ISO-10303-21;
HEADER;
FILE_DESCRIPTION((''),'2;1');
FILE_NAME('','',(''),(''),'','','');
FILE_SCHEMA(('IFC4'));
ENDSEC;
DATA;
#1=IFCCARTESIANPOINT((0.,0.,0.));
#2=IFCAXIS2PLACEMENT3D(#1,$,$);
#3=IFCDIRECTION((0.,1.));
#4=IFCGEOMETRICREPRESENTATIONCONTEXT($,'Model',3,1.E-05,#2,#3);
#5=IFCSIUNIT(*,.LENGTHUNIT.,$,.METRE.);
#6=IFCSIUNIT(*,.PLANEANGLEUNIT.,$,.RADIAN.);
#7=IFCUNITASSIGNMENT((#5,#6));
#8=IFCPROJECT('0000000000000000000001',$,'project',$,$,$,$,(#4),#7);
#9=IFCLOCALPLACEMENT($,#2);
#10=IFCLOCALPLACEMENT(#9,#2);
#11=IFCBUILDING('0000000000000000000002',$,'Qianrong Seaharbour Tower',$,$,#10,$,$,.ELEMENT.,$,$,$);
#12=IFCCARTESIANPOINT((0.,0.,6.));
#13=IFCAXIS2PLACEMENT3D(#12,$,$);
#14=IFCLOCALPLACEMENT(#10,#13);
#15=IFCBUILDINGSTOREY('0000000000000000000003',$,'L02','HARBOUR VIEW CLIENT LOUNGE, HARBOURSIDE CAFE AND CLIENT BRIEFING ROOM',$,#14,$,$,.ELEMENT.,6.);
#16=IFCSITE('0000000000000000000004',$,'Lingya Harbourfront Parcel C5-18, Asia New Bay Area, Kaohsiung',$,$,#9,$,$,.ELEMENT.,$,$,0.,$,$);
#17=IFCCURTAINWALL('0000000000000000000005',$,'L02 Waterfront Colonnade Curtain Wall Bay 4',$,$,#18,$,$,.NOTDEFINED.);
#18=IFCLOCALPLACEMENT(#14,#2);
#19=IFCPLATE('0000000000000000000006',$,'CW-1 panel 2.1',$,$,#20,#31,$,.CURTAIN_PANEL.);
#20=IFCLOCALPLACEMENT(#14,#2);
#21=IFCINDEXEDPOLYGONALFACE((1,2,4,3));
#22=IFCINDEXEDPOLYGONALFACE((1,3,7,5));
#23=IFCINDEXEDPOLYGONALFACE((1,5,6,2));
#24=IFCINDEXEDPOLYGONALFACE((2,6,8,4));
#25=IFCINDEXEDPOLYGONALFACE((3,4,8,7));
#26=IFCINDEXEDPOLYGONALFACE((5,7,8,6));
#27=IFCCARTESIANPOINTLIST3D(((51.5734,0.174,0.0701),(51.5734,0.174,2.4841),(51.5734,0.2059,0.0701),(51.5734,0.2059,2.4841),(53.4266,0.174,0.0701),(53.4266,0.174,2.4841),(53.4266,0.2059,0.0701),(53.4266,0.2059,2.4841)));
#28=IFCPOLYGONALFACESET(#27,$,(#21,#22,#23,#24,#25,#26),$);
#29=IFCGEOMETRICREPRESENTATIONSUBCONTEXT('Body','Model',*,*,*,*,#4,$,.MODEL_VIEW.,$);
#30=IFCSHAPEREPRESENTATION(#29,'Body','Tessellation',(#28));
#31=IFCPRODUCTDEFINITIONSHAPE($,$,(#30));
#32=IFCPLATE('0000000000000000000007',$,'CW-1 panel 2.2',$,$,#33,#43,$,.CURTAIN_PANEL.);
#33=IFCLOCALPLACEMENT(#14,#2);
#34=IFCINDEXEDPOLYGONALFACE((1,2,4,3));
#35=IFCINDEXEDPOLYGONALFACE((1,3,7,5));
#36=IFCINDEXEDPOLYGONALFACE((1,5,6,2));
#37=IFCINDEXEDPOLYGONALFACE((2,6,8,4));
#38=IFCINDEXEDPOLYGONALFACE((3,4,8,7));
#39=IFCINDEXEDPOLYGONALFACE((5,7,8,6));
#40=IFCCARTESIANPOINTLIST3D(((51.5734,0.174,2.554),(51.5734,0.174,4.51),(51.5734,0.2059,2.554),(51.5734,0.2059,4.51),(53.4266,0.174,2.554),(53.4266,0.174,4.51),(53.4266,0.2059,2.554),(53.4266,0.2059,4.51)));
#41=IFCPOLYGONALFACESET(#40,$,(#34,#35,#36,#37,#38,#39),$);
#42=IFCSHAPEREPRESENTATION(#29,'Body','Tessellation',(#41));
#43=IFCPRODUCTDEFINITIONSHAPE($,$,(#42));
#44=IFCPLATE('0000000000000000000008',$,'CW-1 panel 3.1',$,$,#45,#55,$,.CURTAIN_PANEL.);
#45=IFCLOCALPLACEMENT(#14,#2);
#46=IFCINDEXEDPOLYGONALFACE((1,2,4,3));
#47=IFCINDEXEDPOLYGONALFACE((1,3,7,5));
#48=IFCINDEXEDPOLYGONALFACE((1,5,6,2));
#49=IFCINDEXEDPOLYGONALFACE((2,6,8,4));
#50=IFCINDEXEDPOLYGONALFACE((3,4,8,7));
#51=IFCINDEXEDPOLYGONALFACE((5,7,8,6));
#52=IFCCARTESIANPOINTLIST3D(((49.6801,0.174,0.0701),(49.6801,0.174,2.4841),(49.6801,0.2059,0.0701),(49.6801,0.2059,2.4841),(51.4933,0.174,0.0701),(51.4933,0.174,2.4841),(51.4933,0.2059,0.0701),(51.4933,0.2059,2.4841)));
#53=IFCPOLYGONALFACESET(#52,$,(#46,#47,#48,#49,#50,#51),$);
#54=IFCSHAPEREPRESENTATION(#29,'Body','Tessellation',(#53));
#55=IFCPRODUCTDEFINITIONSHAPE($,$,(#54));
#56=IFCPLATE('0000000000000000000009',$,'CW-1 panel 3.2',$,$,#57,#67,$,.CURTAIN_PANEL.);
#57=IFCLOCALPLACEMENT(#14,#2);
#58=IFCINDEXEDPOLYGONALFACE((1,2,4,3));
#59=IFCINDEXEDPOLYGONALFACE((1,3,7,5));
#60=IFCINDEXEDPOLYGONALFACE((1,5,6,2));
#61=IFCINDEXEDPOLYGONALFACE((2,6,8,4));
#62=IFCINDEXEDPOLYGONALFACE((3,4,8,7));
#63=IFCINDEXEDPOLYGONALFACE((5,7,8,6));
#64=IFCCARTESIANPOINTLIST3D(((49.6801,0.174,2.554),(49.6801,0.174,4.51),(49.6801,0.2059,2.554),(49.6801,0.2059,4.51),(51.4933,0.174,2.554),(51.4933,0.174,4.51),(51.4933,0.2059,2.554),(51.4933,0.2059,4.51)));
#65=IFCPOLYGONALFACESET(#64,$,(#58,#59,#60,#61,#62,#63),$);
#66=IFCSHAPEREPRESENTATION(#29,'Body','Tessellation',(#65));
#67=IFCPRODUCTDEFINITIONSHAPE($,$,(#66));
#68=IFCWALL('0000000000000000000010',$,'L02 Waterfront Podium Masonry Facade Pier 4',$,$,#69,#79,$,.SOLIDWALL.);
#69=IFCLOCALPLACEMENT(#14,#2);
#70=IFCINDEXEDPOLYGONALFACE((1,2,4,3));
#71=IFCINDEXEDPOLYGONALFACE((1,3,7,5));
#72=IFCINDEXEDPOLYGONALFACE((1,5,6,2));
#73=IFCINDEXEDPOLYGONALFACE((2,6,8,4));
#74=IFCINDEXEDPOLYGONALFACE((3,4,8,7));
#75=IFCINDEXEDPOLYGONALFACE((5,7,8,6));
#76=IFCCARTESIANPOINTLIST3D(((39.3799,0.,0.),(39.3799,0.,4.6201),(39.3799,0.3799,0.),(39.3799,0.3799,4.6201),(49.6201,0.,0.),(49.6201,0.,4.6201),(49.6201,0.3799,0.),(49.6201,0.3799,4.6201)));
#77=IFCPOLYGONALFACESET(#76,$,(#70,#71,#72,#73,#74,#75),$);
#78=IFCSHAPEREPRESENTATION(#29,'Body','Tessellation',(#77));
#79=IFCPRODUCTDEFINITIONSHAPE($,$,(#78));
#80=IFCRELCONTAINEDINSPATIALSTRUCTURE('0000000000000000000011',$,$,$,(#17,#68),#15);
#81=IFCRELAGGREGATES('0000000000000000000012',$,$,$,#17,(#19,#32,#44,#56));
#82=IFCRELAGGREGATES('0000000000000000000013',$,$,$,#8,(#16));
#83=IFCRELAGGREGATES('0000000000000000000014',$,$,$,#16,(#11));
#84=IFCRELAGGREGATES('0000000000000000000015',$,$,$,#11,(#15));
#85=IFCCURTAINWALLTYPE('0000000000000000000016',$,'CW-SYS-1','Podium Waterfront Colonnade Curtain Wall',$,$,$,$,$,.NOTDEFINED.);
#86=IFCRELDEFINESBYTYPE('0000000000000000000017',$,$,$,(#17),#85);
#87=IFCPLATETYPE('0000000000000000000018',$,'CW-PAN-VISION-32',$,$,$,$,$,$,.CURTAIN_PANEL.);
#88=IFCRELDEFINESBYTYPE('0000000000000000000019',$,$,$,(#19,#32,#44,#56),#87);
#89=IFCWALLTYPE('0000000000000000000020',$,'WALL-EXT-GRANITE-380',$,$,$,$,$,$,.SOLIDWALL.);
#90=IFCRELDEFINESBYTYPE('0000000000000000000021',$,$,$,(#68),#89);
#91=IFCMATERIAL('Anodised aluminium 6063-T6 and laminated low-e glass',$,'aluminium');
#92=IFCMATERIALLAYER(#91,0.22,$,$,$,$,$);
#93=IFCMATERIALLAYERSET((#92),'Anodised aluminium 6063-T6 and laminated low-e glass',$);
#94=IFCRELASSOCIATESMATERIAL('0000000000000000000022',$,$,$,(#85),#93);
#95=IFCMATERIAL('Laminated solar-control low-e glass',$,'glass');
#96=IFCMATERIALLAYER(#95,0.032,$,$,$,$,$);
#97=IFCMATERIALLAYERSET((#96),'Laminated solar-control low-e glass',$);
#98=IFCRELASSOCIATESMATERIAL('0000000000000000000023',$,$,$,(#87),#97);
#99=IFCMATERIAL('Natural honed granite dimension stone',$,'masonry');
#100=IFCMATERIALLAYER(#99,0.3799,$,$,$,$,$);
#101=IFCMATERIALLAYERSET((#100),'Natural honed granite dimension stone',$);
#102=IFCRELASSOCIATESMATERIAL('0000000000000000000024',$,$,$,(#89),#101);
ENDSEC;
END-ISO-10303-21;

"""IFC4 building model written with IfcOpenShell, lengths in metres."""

from ifc_helpers import new_model, si_unit, direction, frame, frame_2d, origin, origin_2d, place, context, subcontext, project, spatial, rectangle, extrude, material, layer, layer_set, type_object, element, aggregate, save


model = new_model("IFC4")

# Units and contexts
model_context = context("Model", 3, precision=1e-05, world=origin(), true_north=direction((0.0, 1.0)))
body_context = subcontext(model_context, "Body", "Model", "MODEL_VIEW")
ifc_project = project(units=[si_unit("LENGTHUNIT", "METRE"), si_unit("PLANEANGLEUNIT", "RADIAN")], contexts=[model_context])

# Site, building, storey
site_placement = place(None, origin())
site = spatial("IfcSite", under=ifc_project, at=site_placement, Name="Lingya Harbourfront Parcel C5-18, Asia New Bay Area, Kaohsiung", CompositionType="ELEMENT", RefElevation=0.0)
building_placement = place(site_placement, origin())
building = spatial("IfcBuilding", under=site, at=building_placement, Name="Qianrong Seaharbour Tower", CompositionType="ELEMENT")
storey_placement = place(building_placement, frame((0.0, 0.0, 6.0)))
storey = spatial("IfcBuildingStorey", under=building, at=storey_placement, Name="L02", Description="HARBOUR VIEW CLIENT LOUNGE, HARBOURSIDE CAFE AND CLIENT BRIEFING ROOM", CompositionType="ELEMENT", Elevation=6.0)

# Curtain wall, plates
ifc_material_1 = material(Name="Anodised aluminium 6063-T6 and laminated low-e glass", Category="aluminium")
ifc_layer_1 = layer(ifc_material_1, 0.22)
ifc_layer_set_1 = layer_set([ifc_layer_1], Name="Anodised aluminium 6063-T6 and laminated low-e glass")
curtain_wall_type = type_object("IfcCurtainWallType", Name="CW-SYS-1", Description="Podium Waterfront Colonnade Curtain Wall", PredefinedType="NOTDEFINED", material=ifc_layer_set_1)
curtain_wall_placement = place(storey_placement, origin())
curtain_wall = element("IfcCurtainWall", 1, at=curtain_wall_placement, inside=storey, type_object=curtain_wall_type, Name="L02 Waterfront Colonnade Curtain Wall Bay 4", PredefinedType="NOTDEFINED")
ifc_material_2 = material(Name="Laminated solar-control low-e glass", Category="glass")
ifc_layer_2 = layer(ifc_material_2, 0.032)
ifc_layer_set_2 = layer_set([ifc_layer_2], Name="Laminated solar-control low-e glass")
plate_type = type_object("IfcPlateType", Name="CW-PAN-VISION-32", PredefinedType="CURTAIN_PANEL", material=ifc_layer_set_2)
plate_1_placement = place(storey_placement, frame((52.5, 0.1899, 0.0701), z_axis=(0.0, 0.0, 1.0), x_axis=(-1.0, 0.0, 0.0)))
plate_1 = element("IfcPlate", 2, at=plate_1_placement, type_object=plate_type, Name="CW-1 panel 2.1", PredefinedType="CURTAIN_PANEL", context=body_context, shape_type="SweptSolid", body=[
    extrude(rectangle(XDim=1.8533, YDim=0.032, at=origin_2d()), origin(), (0.0, 0.0, 1.0), 2.4141),
])
plate_2_placement = place(storey_placement, frame((52.5, 0.1899, 2.554), z_axis=(0.0, 0.0, 1.0), x_axis=(-1.0, 0.0, 0.0)))
plate_2 = element("IfcPlate", 3, at=plate_2_placement, type_object=plate_type, Name="CW-1 panel 2.2", PredefinedType="CURTAIN_PANEL", context=body_context, shape_type="SweptSolid", body=[
    extrude(rectangle(XDim=1.8533, YDim=0.032, at=origin_2d()), origin(), (0.0, 0.0, 1.0), 1.9561),
])
plate_3_placement = place(storey_placement, frame((50.5867, 0.1899, 0.0701), z_axis=(0.0, 0.0, 1.0), x_axis=(-1.0, 0.0, 0.0)))
plate_3 = element("IfcPlate", 4, at=plate_3_placement, type_object=plate_type, Name="CW-1 panel 3.1", PredefinedType="CURTAIN_PANEL", context=body_context, shape_type="SweptSolid", body=[
    extrude(rectangle(XDim=1.8132, YDim=0.032, at=origin_2d()), origin(), (0.0, 0.0, 1.0), 2.4141),
])
plate_4_placement = place(storey_placement, frame((50.5867, 0.1899, 2.554), z_axis=(0.0, 0.0, 1.0), x_axis=(-1.0, 0.0, 0.0)))
plate_4 = element("IfcPlate", 5, at=plate_4_placement, type_object=plate_type, Name="CW-1 panel 3.2", PredefinedType="CURTAIN_PANEL", context=body_context, shape_type="SweptSolid", body=[
    extrude(rectangle(XDim=1.8132, YDim=0.032, at=origin_2d()), origin(), (0.0, 0.0, 1.0), 1.9561),
])
aggregate(curtain_wall, [plate_1, plate_2, plate_3, plate_4])

# Wall
ifc_material_3 = material(Name="Natural honed granite dimension stone", Category="masonry")
ifc_layer_3 = layer(ifc_material_3, 0.3799)
ifc_layer_set_3 = layer_set([ifc_layer_3], Name="Natural honed granite dimension stone")
wall_type = type_object("IfcWallType", Name="WALL-EXT-GRANITE-380", PredefinedType="SOLIDWALL", material=ifc_layer_set_3)
wall_placement = place(storey_placement, frame((49.6201, 0.1899, 0.0), z_axis=(0.0, 0.0, 1.0), x_axis=(-1.0, 0.0, 0.0)))
element("IfcWall", 6, at=wall_placement, inside=storey, type_object=wall_type, Name="L02 Waterfront Podium Masonry Facade Pier 4", PredefinedType="SOLIDWALL", context=body_context, shape_type="SweptSolid", body=[
    extrude(rectangle(XDim=10.2402, YDim=0.3799, at=frame_2d((5.1201, 0.0))), origin(), (0.0, 0.0, 1.0), 4.6201),
])

save(model, "model.ifc")
